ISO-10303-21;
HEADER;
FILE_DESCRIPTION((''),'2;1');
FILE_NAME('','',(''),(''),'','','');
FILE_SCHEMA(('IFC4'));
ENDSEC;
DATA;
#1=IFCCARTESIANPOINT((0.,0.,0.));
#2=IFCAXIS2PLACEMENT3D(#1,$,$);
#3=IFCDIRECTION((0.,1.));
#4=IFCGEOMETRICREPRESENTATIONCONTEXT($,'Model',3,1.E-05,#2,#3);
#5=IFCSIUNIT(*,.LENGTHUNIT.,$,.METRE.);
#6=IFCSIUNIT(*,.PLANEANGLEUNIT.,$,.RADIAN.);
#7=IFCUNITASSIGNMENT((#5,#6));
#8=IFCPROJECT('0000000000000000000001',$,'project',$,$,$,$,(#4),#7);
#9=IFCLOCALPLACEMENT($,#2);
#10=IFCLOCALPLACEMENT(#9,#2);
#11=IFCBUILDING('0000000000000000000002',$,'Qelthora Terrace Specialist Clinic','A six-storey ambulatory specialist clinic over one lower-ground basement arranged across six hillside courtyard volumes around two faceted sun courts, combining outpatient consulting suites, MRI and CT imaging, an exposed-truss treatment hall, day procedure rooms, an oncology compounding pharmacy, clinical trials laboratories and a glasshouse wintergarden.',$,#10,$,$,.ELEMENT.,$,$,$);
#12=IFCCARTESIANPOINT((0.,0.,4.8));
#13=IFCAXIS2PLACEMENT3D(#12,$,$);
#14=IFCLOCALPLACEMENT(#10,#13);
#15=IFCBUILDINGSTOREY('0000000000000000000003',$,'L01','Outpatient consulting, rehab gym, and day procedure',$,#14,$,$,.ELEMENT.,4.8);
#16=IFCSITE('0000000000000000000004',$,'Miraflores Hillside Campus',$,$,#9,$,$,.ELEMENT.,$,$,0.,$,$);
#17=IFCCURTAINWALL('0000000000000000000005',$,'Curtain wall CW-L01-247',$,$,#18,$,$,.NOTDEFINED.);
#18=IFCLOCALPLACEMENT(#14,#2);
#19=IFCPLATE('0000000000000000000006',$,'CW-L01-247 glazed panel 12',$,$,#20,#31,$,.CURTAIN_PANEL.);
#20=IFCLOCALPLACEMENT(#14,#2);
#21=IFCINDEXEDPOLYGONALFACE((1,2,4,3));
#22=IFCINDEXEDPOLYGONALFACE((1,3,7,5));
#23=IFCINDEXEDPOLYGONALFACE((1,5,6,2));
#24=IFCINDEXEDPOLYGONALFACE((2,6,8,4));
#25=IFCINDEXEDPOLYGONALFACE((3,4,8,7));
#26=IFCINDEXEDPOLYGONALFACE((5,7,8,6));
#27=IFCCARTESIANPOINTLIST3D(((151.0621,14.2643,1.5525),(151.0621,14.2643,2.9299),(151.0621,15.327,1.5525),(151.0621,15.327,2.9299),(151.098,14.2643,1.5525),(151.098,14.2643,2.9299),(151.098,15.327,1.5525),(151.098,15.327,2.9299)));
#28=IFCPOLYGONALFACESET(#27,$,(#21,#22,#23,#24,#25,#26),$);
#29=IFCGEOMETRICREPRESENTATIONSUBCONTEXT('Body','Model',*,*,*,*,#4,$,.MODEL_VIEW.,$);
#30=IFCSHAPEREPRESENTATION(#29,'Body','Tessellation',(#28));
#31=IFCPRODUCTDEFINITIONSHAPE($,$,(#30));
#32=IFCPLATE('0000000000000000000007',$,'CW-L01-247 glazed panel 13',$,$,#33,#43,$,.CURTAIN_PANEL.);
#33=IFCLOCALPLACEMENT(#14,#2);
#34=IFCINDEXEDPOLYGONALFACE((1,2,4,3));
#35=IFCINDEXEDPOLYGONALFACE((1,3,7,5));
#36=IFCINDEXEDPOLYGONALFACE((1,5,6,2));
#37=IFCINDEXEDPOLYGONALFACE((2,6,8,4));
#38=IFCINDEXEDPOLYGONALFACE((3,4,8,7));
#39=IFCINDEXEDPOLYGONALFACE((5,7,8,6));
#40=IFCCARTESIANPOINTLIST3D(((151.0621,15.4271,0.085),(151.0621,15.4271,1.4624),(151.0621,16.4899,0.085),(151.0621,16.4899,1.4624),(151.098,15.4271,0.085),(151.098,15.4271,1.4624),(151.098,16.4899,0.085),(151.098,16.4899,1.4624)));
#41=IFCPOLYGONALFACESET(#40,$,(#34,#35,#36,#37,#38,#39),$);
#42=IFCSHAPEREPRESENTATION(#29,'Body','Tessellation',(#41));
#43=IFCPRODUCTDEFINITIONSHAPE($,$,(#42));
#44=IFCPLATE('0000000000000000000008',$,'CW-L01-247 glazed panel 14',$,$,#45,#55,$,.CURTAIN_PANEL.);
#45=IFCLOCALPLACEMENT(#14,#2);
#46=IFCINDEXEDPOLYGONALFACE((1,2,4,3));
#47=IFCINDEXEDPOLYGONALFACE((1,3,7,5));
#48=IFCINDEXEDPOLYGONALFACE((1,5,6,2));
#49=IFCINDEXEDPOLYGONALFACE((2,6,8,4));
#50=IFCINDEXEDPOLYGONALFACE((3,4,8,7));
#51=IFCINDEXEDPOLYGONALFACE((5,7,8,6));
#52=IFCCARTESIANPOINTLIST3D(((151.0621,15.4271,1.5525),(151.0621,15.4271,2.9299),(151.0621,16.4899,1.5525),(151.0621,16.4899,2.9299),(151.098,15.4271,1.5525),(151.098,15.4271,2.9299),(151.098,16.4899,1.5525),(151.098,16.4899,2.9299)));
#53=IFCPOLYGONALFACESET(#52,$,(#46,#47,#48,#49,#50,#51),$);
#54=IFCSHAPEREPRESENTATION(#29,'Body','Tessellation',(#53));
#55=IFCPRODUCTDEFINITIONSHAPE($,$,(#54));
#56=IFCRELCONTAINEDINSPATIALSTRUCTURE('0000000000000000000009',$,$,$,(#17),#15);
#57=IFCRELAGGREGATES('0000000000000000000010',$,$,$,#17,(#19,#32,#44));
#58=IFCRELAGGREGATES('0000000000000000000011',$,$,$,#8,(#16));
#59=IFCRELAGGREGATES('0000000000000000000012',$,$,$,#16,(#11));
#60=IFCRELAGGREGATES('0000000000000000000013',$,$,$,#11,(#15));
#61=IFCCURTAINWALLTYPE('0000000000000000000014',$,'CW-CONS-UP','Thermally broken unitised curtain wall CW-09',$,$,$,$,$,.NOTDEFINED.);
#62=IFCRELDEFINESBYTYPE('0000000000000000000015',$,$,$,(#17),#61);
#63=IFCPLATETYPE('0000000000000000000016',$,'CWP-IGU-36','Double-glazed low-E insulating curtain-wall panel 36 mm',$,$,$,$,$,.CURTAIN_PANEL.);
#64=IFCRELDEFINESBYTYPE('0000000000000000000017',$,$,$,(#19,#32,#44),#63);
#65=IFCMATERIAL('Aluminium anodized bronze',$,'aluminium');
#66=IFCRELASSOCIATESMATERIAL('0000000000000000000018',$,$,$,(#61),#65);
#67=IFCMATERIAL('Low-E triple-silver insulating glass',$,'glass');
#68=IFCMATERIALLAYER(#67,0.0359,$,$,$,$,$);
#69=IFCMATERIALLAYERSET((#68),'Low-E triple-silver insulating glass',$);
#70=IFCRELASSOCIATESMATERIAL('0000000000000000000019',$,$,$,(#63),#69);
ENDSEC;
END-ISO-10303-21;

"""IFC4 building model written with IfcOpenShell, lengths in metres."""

from ifc_helpers import new_model, si_unit, direction, frame, origin, origin_2d, place, context, subcontext, project, spatial, rectangle, extrude, material, layer, layer_set, type_object, element, aggregate, save


model = new_model("IFC4")

# Units and contexts
model_context = context("Model", 3, precision=1e-05, world=origin(), true_north=direction((0.0, 1.0)))
body_context = subcontext(model_context, "Body", "Model", "MODEL_VIEW")
ifc_project = project(units=[si_unit("LENGTHUNIT", "METRE"), si_unit("PLANEANGLEUNIT", "RADIAN")], contexts=[model_context])

# Site, building, storey
site_placement = place(None, origin())
site = spatial("IfcSite", under=ifc_project, at=site_placement, Name="Miraflores Hillside Campus", CompositionType="ELEMENT", RefElevation=0.0)
building_placement = place(site_placement, origin())
building = spatial("IfcBuilding", under=site, at=building_placement, Name="Qelthora Terrace Specialist Clinic", Description="A six-storey ambulatory specialist clinic over one lower-ground basement arranged across six hillside courtyard volumes around two faceted sun courts, combining outpatient consulting suites, MRI and CT imaging, an exposed-truss treatment hall, day procedure rooms, an oncology compounding pharmacy, clinical trials laboratories and a glasshouse wintergarden.", CompositionType="ELEMENT")
storey_placement = place(building_placement, frame((0.0, 0.0, 4.8)))
storey = spatial("IfcBuildingStorey", under=building, at=storey_placement, Name="L01", Description="Outpatient consulting, rehab gym, and day procedure", CompositionType="ELEMENT", Elevation=4.8)

# Curtain wall, plates
ifc_material_1 = material(Name="Aluminium anodized bronze", Category="aluminium")
curtain_wall_type = type_object("IfcCurtainWallType", Name="CW-CONS-UP", Description="Thermally broken unitised curtain wall CW-09", PredefinedType="NOTDEFINED", material=ifc_material_1)
curtain_wall_placement = place(storey_placement, origin())
curtain_wall = element("IfcCurtainWall", 1, at=curtain_wall_placement, inside=storey, type_object=curtain_wall_type, Name="Curtain wall CW-L01-247", PredefinedType="NOTDEFINED")
ifc_material_2 = material(Name="Low-E triple-silver insulating glass", Category="glass")
ifc_layer = layer(ifc_material_2, 0.0359)
ifc_layer_set = layer_set([ifc_layer], Name="Low-E triple-silver insulating glass")
plate_type = type_object("IfcPlateType", Name="CWP-IGU-36", Description="Double-glazed low-E insulating curtain-wall panel 36 mm", PredefinedType="CURTAIN_PANEL", material=ifc_layer_set)
plate_1_placement = place(storey_placement, frame((151.0801, 14.7957, 1.5525), z_axis=(0.0, 0.0, 1.0), x_axis=(0.0, 1.0, 0.0)))
plate_1 = element("IfcPlate", 2, at=plate_1_placement, type_object=plate_type, Name="CW-L01-247 glazed panel 12", PredefinedType="CURTAIN_PANEL", context=body_context, shape_type="SweptSolid", body=[
    extrude(rectangle(XDim=1.0627, YDim=0.0359, at=origin_2d()), origin(), (0.0, 0.0, 1.0), 1.3774),
])
plate_2_placement = place(storey_placement, frame((151.0801, 15.9585, 0.085), z_axis=(0.0, 0.0, 1.0), x_axis=(0.0, 1.0, 0.0)))
plate_2 = element("IfcPlate", 3, at=plate_2_placement, type_object=plate_type, Name="CW-L01-247 glazed panel 13", PredefinedType="CURTAIN_PANEL", context=body_context, shape_type="SweptSolid", body=[
    extrude(rectangle(XDim=1.0627, YDim=0.0359, at=origin_2d()), origin(), (0.0, 0.0, 1.0), 1.3774),
])
plate_3_placement = place(storey_placement, frame((151.0801, 15.9585, 1.5525), z_axis=(0.0, 0.0, 1.0), x_axis=(0.0, 1.0, 0.0)))
plate_3 = element("IfcPlate", 4, at=plate_3_placement, type_object=plate_type, Name="CW-L01-247 glazed panel 14", PredefinedType="CURTAIN_PANEL", context=body_context, shape_type="SweptSolid", body=[
    extrude(rectangle(XDim=1.0627, YDim=0.0359, at=origin_2d()), origin(), (0.0, 0.0, 1.0), 1.3774),
])
aggregate(curtain_wall, [plate_1, plate_2, plate_3])

save(model, "model.ifc")
